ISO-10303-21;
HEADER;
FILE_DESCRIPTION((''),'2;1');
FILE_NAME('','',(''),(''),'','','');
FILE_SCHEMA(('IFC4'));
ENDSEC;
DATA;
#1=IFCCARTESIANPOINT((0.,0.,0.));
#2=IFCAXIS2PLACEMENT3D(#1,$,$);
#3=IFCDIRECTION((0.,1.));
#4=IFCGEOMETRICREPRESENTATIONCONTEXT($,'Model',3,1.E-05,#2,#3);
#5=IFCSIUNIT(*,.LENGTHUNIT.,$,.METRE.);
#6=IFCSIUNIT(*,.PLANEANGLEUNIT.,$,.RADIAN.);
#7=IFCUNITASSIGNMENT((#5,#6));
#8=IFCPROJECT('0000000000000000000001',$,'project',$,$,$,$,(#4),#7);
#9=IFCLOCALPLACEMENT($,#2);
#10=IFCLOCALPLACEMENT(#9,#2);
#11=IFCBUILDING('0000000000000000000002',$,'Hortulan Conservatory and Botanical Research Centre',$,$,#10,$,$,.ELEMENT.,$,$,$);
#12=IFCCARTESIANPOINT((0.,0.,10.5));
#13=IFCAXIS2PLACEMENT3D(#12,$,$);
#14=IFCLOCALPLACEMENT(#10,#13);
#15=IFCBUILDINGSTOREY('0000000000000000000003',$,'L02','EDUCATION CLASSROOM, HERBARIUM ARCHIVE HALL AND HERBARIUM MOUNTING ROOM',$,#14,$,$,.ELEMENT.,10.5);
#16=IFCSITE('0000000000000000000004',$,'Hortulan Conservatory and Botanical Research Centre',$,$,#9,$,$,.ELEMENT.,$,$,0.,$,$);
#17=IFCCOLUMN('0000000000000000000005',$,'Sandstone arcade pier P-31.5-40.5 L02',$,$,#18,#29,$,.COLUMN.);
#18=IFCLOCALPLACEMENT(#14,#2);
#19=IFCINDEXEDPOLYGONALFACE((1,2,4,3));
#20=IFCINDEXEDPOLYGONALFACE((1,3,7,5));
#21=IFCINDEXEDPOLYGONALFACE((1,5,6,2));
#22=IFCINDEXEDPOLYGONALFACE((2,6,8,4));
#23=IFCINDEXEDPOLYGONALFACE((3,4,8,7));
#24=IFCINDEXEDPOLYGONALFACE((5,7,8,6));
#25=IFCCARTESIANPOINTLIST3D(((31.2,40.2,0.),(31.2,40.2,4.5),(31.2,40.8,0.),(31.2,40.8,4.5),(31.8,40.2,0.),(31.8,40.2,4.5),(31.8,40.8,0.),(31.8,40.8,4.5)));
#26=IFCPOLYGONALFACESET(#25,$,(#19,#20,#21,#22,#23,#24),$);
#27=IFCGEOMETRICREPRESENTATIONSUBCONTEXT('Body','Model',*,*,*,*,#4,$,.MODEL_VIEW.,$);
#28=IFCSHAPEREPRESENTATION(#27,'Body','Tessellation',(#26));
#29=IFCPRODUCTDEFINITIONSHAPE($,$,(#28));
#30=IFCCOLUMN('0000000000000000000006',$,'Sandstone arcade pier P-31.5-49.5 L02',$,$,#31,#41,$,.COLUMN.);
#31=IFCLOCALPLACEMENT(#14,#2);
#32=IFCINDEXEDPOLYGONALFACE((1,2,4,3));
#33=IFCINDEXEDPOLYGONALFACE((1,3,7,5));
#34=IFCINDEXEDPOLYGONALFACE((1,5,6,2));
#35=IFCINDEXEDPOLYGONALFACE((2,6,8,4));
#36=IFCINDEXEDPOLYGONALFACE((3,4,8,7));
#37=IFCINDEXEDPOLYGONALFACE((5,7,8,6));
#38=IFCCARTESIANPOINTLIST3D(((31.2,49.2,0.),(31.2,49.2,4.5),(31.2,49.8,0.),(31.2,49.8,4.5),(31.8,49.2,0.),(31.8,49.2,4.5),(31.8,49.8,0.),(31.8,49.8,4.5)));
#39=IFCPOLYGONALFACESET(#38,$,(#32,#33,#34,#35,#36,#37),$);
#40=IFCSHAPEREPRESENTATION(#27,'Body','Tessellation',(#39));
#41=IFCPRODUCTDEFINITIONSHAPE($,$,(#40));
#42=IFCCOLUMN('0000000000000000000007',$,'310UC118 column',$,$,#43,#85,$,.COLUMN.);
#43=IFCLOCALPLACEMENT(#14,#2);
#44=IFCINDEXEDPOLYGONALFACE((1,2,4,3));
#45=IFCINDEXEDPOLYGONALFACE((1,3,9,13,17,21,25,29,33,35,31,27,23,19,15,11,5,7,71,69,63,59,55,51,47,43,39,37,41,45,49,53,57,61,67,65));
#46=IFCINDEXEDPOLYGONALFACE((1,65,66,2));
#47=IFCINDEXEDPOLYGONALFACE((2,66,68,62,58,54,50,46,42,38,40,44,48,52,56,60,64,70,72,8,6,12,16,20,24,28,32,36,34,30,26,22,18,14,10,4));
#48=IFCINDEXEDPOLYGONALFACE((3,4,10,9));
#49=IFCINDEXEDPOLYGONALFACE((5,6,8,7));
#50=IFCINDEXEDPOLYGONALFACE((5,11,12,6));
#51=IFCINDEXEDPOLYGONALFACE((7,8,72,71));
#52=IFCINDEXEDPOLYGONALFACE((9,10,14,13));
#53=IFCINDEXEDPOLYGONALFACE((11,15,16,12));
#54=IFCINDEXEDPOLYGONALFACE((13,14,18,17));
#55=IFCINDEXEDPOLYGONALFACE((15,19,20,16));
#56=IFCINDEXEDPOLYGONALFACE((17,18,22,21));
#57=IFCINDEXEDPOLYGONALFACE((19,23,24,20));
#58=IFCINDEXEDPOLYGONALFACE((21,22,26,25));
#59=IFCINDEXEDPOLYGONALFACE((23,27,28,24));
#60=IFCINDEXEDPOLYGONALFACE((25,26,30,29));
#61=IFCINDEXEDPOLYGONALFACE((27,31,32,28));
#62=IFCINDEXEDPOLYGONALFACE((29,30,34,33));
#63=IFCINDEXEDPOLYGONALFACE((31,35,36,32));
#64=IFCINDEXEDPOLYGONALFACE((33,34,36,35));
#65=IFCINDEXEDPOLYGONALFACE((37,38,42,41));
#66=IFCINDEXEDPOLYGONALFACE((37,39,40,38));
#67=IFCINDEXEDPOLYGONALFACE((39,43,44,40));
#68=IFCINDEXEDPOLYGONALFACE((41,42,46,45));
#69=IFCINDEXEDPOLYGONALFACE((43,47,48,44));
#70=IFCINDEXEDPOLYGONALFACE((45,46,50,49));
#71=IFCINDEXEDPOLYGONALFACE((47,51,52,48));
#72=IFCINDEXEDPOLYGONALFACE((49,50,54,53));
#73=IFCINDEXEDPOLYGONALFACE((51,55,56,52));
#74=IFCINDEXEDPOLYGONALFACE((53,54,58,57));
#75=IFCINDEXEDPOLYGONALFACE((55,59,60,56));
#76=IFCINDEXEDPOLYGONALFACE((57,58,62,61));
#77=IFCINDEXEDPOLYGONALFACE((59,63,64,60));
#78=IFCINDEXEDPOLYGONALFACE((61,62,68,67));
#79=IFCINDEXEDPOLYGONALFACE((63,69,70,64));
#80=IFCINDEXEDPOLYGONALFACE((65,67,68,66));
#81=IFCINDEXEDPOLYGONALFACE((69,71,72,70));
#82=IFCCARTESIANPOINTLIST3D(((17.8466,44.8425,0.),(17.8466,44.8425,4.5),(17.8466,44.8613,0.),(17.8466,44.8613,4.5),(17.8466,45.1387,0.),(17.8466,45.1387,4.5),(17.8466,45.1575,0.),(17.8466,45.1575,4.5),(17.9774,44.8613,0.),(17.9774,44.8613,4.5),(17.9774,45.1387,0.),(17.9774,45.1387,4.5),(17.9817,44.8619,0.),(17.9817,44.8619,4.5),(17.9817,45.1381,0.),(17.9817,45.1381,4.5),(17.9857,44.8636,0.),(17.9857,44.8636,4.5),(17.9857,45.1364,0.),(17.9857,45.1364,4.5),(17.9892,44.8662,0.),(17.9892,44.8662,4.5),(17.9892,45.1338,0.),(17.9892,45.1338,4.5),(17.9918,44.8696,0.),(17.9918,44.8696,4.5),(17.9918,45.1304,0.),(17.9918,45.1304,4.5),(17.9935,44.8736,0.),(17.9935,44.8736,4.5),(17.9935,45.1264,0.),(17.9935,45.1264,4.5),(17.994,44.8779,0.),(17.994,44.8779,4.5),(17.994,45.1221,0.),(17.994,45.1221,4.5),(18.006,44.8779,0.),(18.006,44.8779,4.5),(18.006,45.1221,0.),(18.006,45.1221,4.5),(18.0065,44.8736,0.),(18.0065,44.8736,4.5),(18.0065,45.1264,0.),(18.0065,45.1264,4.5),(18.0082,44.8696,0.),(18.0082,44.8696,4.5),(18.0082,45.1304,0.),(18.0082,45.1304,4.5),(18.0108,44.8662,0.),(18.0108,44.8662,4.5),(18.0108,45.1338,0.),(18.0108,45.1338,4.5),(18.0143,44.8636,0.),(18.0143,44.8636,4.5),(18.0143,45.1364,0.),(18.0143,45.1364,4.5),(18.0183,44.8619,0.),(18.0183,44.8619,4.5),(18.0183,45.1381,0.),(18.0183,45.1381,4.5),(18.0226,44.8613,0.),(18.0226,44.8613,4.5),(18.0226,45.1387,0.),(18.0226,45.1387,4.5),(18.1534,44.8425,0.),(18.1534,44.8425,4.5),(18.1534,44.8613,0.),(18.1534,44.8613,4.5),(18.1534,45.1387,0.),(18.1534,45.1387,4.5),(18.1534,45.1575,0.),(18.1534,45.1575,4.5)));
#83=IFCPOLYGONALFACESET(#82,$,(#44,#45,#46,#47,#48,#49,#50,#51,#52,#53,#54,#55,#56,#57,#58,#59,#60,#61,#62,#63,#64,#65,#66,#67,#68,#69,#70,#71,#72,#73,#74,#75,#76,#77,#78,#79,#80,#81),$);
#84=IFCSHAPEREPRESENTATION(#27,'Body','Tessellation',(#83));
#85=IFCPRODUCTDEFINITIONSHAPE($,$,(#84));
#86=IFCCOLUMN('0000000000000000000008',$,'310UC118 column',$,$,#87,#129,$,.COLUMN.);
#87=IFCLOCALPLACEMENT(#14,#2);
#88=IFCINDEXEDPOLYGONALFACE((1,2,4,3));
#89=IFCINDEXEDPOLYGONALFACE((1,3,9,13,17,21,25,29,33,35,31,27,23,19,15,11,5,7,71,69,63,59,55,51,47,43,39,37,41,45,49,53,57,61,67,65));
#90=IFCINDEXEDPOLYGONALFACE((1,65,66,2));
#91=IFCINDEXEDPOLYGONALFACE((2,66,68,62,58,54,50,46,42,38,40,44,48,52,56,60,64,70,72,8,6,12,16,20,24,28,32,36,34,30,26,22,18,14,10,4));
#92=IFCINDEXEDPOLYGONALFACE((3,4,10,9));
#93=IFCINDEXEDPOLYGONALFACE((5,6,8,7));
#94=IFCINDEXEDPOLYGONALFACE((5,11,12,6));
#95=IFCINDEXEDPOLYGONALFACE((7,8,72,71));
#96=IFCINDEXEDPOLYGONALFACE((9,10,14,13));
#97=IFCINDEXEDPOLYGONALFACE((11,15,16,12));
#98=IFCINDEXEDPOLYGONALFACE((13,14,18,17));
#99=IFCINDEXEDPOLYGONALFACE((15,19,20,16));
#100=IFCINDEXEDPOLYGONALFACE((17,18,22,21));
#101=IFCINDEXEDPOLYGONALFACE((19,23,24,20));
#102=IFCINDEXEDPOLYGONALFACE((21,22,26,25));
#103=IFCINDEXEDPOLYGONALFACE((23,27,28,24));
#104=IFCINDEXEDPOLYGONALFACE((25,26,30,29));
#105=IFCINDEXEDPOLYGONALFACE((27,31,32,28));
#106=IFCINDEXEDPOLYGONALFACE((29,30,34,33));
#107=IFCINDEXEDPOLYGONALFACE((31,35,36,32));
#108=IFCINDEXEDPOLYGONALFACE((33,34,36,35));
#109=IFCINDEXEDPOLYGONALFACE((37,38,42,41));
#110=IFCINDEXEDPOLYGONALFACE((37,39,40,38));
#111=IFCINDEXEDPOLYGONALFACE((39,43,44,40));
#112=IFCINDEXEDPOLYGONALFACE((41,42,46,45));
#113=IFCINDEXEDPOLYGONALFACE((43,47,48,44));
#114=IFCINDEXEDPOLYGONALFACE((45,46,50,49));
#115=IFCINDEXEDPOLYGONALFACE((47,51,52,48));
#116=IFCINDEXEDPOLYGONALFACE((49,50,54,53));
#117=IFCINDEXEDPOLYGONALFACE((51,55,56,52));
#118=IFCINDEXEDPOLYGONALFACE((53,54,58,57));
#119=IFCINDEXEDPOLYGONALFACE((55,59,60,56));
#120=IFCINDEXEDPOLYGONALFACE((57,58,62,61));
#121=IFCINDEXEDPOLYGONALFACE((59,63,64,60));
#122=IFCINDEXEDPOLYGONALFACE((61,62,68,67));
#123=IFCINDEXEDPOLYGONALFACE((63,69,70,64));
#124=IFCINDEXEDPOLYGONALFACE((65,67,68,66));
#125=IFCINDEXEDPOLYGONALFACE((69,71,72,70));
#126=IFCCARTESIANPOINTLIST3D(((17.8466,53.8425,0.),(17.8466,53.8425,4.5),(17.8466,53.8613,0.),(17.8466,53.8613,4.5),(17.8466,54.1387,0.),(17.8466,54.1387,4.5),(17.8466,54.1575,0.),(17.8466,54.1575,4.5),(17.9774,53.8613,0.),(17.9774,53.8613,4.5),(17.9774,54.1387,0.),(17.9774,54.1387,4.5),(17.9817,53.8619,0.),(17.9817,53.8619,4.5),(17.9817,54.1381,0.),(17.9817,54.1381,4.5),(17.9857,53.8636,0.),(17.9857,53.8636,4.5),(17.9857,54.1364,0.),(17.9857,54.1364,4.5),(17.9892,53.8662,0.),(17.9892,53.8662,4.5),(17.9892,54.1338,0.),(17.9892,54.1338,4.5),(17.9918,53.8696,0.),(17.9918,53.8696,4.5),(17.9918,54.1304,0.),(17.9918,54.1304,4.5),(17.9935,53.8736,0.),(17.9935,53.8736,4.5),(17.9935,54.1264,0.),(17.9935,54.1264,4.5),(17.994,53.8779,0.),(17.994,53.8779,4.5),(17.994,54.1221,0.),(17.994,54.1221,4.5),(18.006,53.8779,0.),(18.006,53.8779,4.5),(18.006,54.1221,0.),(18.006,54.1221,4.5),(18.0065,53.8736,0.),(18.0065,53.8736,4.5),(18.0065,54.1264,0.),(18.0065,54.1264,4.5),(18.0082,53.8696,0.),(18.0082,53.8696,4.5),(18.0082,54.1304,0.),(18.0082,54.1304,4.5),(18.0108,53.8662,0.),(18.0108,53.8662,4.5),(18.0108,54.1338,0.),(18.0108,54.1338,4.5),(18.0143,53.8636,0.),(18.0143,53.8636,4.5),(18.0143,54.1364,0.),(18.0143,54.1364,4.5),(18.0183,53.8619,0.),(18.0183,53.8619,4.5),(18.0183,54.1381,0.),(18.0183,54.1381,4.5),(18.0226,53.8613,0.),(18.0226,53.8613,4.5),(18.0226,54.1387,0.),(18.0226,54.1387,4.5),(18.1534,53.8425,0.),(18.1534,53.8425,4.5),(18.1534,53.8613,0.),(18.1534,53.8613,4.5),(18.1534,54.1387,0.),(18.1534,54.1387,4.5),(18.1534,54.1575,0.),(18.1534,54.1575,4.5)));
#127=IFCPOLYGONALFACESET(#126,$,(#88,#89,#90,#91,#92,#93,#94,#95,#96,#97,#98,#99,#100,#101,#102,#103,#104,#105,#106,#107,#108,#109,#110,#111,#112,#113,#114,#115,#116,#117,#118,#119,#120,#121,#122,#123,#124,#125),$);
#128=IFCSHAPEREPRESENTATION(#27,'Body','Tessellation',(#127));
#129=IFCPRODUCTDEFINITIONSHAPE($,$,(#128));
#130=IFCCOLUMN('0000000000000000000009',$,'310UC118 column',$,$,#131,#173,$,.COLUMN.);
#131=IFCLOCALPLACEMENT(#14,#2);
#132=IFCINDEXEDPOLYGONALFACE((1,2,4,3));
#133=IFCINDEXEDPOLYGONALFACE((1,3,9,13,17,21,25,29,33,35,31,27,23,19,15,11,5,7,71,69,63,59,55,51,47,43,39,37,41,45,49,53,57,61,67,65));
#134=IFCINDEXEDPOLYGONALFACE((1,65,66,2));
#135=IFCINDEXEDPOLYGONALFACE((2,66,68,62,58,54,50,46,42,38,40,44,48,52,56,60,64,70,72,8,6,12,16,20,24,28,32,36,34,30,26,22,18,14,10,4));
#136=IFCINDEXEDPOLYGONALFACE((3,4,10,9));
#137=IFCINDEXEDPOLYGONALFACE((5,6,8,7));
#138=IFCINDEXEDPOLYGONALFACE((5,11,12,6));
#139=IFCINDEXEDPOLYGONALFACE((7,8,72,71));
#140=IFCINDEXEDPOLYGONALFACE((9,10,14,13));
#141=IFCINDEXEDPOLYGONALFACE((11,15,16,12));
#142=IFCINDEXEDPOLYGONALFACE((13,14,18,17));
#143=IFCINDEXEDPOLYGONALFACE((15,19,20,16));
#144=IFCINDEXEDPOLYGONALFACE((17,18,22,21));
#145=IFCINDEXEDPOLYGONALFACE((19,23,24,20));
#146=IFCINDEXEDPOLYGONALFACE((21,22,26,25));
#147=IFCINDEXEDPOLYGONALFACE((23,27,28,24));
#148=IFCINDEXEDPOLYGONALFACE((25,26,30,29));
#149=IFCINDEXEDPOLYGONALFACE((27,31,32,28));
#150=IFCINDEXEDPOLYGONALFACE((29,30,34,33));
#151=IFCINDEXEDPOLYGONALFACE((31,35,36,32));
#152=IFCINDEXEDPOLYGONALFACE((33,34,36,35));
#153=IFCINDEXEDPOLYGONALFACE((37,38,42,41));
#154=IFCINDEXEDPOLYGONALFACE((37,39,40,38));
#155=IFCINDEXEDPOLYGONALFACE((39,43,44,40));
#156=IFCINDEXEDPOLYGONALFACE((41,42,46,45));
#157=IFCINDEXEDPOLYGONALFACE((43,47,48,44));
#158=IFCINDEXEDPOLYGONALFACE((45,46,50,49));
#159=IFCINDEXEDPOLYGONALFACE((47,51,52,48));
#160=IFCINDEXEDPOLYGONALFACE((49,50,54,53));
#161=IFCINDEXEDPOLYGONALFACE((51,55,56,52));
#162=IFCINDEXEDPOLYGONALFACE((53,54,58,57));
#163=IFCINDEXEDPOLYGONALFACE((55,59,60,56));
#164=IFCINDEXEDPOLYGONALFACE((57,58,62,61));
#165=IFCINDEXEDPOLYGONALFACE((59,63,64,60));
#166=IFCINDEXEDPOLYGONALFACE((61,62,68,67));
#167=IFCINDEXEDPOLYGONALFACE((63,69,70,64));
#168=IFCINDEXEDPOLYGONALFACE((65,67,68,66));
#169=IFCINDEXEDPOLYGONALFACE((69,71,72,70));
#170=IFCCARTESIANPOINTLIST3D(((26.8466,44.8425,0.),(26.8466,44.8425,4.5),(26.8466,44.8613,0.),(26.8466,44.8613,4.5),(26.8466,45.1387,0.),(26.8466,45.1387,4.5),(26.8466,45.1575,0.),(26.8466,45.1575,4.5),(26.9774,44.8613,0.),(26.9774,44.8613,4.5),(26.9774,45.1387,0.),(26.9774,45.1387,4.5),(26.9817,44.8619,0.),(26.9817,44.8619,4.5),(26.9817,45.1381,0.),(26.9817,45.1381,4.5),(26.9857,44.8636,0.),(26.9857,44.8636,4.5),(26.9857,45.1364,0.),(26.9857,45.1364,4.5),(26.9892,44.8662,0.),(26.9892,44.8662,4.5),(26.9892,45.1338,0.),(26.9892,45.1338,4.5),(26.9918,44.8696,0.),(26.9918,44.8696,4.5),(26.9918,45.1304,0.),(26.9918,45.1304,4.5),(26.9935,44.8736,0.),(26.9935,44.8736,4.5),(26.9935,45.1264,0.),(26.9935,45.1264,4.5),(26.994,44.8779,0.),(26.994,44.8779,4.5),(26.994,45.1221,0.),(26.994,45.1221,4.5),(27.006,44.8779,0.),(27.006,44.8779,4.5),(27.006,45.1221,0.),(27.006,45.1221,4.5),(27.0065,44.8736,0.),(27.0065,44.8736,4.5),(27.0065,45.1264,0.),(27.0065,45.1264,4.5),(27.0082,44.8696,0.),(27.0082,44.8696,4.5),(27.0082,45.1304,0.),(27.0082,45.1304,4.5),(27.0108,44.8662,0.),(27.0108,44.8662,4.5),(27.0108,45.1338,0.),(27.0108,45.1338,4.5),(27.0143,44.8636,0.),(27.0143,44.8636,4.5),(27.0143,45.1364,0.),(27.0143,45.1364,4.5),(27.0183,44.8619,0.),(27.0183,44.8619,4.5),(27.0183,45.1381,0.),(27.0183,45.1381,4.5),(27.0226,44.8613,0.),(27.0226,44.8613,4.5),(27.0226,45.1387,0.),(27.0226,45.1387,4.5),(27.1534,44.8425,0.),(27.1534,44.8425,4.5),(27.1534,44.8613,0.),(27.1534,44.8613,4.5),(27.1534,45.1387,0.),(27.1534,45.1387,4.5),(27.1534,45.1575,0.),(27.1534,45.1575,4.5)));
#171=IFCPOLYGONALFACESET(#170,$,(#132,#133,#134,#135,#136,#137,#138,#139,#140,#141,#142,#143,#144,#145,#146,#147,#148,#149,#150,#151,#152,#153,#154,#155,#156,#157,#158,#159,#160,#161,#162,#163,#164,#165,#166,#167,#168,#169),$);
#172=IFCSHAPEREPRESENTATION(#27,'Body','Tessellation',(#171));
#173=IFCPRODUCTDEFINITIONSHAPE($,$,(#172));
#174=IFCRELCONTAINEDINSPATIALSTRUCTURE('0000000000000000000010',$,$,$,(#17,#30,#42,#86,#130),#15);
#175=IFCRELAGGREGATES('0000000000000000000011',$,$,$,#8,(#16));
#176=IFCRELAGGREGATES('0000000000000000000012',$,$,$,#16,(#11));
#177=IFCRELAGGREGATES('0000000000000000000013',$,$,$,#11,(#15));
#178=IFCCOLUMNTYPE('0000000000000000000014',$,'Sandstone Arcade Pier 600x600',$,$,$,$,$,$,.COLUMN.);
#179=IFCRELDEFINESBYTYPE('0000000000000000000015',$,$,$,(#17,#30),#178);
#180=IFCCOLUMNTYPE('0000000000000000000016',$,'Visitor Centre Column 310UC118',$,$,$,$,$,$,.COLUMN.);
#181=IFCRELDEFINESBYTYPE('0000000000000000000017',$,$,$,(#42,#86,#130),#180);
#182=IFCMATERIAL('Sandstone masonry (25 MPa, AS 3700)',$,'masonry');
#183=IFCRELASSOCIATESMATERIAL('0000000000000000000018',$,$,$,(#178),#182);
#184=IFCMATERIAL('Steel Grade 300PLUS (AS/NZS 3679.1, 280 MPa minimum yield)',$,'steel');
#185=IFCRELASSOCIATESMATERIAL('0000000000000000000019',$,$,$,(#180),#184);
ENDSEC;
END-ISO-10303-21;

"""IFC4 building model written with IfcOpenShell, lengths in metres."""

from ifc_helpers import new_model, si_unit, direction, frame, origin, origin_2d, place, context, subcontext, project, spatial, rectangle, i_section, extrude, material, material_profile, profile_set, type_object, element, save


model = new_model("IFC4")

# Units and contexts
model_context = context("Model", 3, precision=1e-05, world=origin(), true_north=direction((0.0, 1.0)))
body_context = subcontext(model_context, "Body", "Model", "MODEL_VIEW")
ifc_project = project(units=[si_unit("LENGTHUNIT", "METRE"), si_unit("PLANEANGLEUNIT", "RADIAN")], contexts=[model_context])

# Site, building, storey
site_placement = place(None, origin())
site = spatial("IfcSite", under=ifc_project, at=site_placement, Name="Hortulan Conservatory and Botanical Research Centre", CompositionType="ELEMENT", RefElevation=0.0)
building_placement = place(site_placement, origin())
building = spatial("IfcBuilding", under=site, at=building_placement, Name="Hortulan Conservatory and Botanical Research Centre", CompositionType="ELEMENT")
storey_placement = place(building_placement, frame((0.0, 0.0, 10.5)))
storey = spatial("IfcBuildingStorey", under=building, at=storey_placement, Name="L02", Description="EDUCATION CLASSROOM, HERBARIUM ARCHIVE HALL AND HERBARIUM MOUNTING ROOM", CompositionType="ELEMENT", Elevation=10.5)

# Columns
ifc_material_1 = material(Name="Sandstone masonry (25 MPa, AS 3700)", Category="masonry")
ifc_material_profile_1 = material_profile(ifc_material_1, rectangle(XDim=0.6001, YDim=0.6001, at=origin_2d()), Name="Square pier 600")
ifc_profile_set_1 = profile_set([ifc_material_profile_1], Name="Sandstone masonry (25 MPa, AS 3700)")
column_type_1 = type_object("IfcColumnType", Name="Sandstone Arcade Pier 600x600", PredefinedType="COLUMN", material=ifc_profile_set_1)
for number, where, z_axis, x_axis, name in (
    (1, (31.5, 40.5, 0.0), (0.0, 0.0, 1.0), (1.0, 0.0, 0.0), "Sandstone arcade pier P-31.5-40.5 L02"),
    (2, (31.5, 49.5, 0.0), (0.0, 0.0, 1.0), (1.0, 0.0, 0.0), "Sandstone arcade pier P-31.5-49.5 L02"),
):
    element("IfcColumn", number, at=place(storey_placement, frame(where, z_axis=z_axis, x_axis=x_axis)), inside=storey, type_object=column_type_1, Name=name, PredefinedType="COLUMN", context=body_context, shape_type="SweptSolid", body=[
        extrude(rectangle(XDim=0.6001, YDim=0.6001, at=origin_2d()), origin(), (0.0, 0.0, 1.0), 4.5),
    ])
ifc_material_2 = material(Name="Steel Grade 300PLUS (AS/NZS 3679.1, 280 MPa minimum yield)", Category="steel")
ifc_material_profile_2 = material_profile(ifc_material_2, i_section(OverallWidth=0.3069, OverallDepth=0.3149, WebThickness=0.012, FlangeThickness=0.0188, FilletRadius=0.0166, at=origin_2d()), Name="310UC118")
ifc_profile_set_2 = profile_set([ifc_material_profile_2], Name="Steel Grade 300PLUS (AS/NZS 3679.1, 280 MPa minimum yield)")
column_type_2 = type_object("IfcColumnType", Name="Visitor Centre Column 310UC118", PredefinedType="COLUMN", material=ifc_profile_set_2)
for number, where, z_axis, x_axis, name in (
    (3, (18.0, 45.0, 0.0), (0.0, 0.0, 1.0), (1.0, 0.0, 0.0), "310UC118 column"),
    (4, (18.0, 54.0, 0.0), (0.0, 0.0, 1.0), (1.0, 0.0, 0.0), "310UC118 column"),
    (5, (27.0, 45.0, 0.0), (0.0, 0.0, 1.0), (1.0, 0.0, 0.0), "310UC118 column"),
):
    element("IfcColumn", number, at=place(storey_placement, frame(where, z_axis=z_axis, x_axis=x_axis)), inside=storey, type_object=column_type_2, Name=name, PredefinedType="COLUMN", context=body_context, shape_type="SweptSolid", body=[
        extrude(i_section(OverallWidth=0.3069, OverallDepth=0.3149, WebThickness=0.012, FlangeThickness=0.0188, FilletRadius=0.0166, at=origin_2d()), origin(), (0.0, 0.0, 1.0), 4.5),
    ])

save(model, "model.ifc")
